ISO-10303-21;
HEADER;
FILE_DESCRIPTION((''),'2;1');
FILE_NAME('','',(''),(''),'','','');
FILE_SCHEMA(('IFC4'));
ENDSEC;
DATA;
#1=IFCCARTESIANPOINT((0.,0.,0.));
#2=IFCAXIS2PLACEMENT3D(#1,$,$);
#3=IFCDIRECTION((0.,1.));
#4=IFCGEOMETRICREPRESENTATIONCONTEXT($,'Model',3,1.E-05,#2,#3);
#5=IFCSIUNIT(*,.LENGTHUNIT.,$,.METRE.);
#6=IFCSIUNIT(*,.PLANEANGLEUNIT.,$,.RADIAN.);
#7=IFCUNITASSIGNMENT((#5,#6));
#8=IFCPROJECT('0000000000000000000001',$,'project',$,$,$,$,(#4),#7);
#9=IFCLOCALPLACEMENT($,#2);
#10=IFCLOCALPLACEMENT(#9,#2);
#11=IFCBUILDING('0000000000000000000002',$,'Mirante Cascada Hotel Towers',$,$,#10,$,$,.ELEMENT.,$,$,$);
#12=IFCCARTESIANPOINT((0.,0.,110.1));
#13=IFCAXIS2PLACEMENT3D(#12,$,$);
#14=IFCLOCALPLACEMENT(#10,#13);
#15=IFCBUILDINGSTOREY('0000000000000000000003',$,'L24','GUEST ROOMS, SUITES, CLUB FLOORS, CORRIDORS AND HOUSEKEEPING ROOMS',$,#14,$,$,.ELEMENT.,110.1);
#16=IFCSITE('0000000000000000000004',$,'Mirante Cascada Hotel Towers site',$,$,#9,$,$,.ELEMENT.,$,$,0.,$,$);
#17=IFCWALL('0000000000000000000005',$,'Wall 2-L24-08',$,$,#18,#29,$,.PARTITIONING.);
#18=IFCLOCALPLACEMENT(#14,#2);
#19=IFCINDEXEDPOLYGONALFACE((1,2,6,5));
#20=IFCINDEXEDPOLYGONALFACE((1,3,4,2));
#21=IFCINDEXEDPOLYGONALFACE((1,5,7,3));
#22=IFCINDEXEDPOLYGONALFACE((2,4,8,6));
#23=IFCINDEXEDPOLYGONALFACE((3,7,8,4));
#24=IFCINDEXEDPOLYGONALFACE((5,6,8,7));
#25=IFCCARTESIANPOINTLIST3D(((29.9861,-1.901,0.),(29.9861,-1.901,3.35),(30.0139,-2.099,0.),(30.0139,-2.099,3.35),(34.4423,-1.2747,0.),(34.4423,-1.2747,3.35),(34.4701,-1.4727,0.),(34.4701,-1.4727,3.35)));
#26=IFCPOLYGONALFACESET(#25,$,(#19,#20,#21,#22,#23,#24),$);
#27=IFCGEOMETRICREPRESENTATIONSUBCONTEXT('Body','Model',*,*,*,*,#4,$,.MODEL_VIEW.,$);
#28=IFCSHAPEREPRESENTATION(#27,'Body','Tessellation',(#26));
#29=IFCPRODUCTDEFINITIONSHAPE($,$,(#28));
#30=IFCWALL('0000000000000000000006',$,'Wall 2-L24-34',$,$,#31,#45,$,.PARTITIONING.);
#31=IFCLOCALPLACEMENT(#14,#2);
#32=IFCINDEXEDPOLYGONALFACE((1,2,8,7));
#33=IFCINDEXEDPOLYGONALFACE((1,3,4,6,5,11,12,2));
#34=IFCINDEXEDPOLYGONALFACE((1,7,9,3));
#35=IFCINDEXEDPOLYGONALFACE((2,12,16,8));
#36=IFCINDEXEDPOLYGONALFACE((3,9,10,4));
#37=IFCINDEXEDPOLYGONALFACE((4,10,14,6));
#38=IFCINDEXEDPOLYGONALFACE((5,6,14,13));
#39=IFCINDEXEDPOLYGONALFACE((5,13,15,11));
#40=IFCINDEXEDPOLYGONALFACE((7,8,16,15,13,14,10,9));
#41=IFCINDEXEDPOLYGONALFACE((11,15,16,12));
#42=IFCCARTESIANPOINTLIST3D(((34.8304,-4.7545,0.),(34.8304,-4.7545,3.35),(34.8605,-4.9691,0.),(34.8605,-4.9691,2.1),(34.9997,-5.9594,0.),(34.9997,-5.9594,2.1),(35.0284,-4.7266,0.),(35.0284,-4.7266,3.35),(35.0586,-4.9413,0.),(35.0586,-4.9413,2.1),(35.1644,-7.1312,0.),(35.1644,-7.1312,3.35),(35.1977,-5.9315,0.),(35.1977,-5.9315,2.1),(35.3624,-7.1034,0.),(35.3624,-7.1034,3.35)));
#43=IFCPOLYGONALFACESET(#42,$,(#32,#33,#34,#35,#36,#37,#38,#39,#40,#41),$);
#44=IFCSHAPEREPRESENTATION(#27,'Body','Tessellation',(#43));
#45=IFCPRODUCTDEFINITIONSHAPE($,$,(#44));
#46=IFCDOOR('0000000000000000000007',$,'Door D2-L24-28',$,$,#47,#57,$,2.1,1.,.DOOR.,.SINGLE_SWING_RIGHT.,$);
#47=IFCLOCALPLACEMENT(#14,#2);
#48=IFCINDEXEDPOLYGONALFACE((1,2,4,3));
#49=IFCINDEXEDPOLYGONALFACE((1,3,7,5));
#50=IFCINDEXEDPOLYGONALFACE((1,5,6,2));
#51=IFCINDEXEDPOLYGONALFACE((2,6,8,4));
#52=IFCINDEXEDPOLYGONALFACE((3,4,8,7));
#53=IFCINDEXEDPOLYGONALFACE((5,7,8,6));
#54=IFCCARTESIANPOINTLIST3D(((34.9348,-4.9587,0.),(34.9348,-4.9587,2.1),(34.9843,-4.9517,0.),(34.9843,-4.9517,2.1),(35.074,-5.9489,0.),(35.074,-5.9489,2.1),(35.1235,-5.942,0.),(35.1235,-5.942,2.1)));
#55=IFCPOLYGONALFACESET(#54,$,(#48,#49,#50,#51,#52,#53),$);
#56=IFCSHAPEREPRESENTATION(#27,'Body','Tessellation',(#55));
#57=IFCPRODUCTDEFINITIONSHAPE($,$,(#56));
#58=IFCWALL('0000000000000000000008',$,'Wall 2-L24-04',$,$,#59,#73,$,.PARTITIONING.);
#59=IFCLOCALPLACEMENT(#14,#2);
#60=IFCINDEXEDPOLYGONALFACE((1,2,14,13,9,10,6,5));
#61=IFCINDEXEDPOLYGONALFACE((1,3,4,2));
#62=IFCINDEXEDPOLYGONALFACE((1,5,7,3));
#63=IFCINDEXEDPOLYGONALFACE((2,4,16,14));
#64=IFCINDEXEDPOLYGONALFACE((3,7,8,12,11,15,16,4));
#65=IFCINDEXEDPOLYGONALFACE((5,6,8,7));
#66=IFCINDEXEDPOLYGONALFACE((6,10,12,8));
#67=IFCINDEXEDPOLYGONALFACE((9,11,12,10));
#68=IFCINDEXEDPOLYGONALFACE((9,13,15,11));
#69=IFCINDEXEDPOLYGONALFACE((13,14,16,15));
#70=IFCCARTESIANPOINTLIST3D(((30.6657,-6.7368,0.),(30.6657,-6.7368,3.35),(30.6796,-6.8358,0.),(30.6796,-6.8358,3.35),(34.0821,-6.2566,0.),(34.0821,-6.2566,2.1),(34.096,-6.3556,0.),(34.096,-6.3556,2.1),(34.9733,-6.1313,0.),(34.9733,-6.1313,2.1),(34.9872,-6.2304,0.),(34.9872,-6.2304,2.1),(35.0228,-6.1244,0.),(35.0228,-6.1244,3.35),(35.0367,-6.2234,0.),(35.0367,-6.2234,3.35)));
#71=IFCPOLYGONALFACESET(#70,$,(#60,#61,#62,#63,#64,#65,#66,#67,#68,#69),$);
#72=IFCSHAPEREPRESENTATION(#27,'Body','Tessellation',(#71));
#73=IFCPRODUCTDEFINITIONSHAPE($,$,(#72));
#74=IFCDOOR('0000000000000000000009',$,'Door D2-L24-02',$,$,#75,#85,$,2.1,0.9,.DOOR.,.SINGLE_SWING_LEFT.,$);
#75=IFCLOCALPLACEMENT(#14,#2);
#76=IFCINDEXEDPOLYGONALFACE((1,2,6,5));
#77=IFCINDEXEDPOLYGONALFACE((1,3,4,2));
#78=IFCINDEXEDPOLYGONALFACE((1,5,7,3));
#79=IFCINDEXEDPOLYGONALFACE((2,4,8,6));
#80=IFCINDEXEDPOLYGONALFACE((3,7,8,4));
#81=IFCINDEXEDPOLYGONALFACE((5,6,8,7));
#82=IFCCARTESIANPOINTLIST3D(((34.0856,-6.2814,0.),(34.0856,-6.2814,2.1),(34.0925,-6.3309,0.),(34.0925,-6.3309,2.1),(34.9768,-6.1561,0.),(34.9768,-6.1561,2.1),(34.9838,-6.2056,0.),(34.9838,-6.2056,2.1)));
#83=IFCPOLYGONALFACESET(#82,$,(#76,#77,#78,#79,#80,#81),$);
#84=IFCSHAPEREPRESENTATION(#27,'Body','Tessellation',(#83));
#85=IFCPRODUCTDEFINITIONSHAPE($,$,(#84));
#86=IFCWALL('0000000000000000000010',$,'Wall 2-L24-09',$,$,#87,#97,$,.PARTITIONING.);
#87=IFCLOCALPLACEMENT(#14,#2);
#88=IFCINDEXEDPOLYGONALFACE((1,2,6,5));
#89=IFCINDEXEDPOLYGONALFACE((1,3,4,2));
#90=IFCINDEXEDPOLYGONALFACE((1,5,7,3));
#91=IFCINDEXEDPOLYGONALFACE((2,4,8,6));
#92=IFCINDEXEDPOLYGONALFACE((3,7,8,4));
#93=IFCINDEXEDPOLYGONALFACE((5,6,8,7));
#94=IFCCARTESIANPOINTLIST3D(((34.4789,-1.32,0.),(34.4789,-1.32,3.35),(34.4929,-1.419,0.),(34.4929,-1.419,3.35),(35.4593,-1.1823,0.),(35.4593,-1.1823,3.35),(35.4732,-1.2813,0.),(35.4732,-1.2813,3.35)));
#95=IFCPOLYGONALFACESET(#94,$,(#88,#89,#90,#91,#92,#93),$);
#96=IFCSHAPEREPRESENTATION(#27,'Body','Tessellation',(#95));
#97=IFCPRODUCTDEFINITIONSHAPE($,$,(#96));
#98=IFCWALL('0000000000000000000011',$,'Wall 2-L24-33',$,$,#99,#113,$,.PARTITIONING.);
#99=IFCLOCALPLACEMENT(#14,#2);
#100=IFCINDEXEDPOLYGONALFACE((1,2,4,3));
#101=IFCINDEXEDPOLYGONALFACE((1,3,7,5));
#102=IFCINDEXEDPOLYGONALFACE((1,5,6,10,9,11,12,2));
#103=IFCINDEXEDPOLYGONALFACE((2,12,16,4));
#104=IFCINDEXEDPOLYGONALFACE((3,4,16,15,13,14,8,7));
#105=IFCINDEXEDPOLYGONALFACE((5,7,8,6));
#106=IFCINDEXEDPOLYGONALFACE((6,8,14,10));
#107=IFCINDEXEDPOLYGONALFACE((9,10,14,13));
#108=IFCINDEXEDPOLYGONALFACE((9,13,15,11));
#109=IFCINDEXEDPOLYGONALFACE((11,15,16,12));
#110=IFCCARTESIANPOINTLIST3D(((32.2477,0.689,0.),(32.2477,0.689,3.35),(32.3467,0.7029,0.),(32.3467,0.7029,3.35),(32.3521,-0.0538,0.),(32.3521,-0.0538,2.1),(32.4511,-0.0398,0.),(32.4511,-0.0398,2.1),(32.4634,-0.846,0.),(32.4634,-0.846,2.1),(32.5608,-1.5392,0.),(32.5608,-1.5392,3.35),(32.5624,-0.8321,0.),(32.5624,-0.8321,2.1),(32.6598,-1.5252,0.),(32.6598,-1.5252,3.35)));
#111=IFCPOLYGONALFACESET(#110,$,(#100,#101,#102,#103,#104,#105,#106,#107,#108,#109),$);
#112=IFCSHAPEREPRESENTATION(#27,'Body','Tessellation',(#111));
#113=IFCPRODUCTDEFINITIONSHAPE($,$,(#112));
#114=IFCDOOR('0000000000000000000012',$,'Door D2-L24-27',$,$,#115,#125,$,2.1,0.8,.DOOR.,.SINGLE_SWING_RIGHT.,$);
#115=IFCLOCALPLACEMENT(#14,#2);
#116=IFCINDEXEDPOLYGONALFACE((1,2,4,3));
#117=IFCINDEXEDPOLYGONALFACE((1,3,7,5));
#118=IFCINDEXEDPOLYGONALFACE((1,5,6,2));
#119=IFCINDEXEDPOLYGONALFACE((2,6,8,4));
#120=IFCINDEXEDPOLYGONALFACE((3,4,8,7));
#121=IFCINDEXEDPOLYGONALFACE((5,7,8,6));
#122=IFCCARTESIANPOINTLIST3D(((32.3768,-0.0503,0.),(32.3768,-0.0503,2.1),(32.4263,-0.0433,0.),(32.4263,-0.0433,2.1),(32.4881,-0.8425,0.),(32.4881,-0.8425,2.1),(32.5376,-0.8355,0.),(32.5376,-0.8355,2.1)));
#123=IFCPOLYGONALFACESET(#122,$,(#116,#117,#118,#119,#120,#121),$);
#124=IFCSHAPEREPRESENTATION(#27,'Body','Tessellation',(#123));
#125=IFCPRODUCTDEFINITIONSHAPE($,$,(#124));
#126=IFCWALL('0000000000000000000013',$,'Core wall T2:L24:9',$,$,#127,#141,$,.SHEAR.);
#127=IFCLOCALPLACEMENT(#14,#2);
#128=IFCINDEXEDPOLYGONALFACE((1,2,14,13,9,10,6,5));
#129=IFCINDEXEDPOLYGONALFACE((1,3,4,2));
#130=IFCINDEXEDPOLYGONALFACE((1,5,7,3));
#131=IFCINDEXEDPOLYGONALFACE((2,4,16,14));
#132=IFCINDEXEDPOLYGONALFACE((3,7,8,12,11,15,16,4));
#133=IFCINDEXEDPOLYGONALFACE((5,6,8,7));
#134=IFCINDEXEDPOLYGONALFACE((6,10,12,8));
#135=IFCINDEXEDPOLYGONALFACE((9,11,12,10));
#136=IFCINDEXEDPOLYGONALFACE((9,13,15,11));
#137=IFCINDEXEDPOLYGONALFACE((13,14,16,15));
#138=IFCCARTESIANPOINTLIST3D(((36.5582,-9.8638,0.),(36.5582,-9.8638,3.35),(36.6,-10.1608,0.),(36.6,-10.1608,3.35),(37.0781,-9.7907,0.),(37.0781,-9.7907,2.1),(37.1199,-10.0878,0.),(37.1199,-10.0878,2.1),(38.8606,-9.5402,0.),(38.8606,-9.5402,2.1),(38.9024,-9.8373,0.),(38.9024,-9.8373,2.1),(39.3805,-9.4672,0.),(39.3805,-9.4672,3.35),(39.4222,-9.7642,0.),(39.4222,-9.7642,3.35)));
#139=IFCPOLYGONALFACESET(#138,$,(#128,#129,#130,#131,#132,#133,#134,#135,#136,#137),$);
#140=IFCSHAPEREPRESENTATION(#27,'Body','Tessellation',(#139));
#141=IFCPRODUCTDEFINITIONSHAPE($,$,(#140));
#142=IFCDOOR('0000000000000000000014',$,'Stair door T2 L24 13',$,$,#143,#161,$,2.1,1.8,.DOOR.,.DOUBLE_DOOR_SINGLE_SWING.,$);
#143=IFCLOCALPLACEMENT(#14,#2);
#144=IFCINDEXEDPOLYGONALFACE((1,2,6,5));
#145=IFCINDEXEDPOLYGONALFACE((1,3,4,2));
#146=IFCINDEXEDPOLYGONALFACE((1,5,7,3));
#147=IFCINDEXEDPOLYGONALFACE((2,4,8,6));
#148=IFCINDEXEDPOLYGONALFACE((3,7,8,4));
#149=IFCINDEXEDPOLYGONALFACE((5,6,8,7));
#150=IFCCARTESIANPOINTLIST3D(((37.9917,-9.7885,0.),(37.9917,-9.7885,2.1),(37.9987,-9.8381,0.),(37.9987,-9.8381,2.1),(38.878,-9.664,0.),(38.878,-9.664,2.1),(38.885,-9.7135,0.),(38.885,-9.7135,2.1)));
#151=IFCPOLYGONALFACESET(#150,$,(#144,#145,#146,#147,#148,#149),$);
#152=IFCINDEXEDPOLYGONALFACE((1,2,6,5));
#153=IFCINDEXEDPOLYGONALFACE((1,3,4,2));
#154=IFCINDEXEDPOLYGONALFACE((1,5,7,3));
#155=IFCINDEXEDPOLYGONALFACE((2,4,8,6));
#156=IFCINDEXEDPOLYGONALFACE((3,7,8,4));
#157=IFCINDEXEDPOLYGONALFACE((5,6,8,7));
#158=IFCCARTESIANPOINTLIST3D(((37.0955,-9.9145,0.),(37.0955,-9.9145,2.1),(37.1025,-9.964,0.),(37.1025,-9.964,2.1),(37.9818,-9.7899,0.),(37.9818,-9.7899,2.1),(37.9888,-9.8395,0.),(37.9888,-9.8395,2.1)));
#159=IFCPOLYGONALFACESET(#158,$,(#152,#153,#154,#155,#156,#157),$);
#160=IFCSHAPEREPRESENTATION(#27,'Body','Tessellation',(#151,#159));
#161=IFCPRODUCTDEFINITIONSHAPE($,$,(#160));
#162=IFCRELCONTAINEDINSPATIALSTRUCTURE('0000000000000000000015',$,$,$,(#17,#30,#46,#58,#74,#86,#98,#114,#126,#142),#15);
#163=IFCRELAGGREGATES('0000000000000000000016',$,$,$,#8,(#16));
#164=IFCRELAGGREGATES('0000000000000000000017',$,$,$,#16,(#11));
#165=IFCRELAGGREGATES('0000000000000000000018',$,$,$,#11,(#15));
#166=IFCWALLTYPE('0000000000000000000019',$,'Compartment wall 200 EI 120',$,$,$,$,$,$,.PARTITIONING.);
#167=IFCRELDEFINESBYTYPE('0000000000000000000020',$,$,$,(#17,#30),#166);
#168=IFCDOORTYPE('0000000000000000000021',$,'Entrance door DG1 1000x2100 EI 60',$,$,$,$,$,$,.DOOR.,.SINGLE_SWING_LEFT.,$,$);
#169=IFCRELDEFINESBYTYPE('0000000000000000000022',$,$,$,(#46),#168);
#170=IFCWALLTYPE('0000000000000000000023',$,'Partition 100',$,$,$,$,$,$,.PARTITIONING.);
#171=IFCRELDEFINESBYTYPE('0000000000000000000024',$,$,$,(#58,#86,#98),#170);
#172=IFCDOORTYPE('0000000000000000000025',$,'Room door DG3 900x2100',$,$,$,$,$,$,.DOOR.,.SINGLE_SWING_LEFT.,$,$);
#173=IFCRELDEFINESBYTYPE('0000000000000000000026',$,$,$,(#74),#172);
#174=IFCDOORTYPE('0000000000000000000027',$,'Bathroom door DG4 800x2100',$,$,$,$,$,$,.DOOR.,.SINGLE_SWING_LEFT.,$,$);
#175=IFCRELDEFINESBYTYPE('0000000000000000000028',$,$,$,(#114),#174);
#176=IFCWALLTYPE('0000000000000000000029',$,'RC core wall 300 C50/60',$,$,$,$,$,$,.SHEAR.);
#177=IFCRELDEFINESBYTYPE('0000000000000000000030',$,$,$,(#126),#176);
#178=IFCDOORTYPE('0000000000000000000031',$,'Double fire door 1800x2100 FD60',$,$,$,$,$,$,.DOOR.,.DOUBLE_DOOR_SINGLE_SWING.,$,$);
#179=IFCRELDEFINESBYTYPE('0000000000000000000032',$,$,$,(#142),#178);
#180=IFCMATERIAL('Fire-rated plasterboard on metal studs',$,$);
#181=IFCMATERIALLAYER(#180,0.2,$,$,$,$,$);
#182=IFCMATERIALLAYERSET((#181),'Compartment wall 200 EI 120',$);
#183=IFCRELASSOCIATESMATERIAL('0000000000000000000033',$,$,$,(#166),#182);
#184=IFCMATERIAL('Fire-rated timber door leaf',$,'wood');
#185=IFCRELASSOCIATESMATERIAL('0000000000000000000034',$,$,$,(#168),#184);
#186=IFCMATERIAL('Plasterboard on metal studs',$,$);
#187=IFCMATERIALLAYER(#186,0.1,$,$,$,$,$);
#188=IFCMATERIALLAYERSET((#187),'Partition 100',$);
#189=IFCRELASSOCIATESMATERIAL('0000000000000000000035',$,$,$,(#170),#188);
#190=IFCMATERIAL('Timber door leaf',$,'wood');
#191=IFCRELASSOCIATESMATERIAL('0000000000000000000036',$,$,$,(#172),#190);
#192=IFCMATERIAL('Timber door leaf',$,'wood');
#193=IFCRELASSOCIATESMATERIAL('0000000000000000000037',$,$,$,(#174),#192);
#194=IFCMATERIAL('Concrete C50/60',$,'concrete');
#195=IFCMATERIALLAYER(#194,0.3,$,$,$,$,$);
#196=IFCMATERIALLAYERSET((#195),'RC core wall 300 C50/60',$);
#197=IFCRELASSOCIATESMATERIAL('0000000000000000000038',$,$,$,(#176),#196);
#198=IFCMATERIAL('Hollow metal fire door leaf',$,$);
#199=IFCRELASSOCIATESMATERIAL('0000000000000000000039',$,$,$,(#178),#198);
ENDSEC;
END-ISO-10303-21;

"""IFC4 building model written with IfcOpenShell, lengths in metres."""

from ifc_helpers import new_model, si_unit, direction, frame, frame_2d, origin, place, context, subcontext, project, spatial, rectangle, extrude, material, layer, layer_set, type_object, element, fill, save


model = new_model("IFC4")

# Units and contexts
model_context = context("Model", 3, precision=1e-05, world=origin(), true_north=direction((0.0, 1.0)))
body_context = subcontext(model_context, "Body", "Model", "MODEL_VIEW")
ifc_project = project(units=[si_unit("LENGTHUNIT", "METRE"), si_unit("PLANEANGLEUNIT", "RADIAN")], contexts=[model_context])

# Site, building, storey
site_placement = place(None, origin())
site = spatial("IfcSite", under=ifc_project, at=site_placement, Name="Mirante Cascada Hotel Towers site", CompositionType="ELEMENT", RefElevation=0.0)
building_placement = place(site_placement, origin())
building = spatial("IfcBuilding", under=site, at=building_placement, Name="Mirante Cascada Hotel Towers", CompositionType="ELEMENT")
storey_placement = place(building_placement, frame((0.0, 0.0, 110.1)))
storey = spatial("IfcBuildingStorey", under=building, at=storey_placement, Name="L24", Description="GUEST ROOMS, SUITES, CLUB FLOORS, CORRIDORS AND HOUSEKEEPING ROOMS", CompositionType="ELEMENT", Elevation=110.1)

# Wall
ifc_material_1 = material(Name="Fire-rated plasterboard on metal studs")
ifc_layer_1 = layer(ifc_material_1, 0.2)
ifc_layer_set_1 = layer_set([ifc_layer_1], Name="Compartment wall 200 EI 120")
wall_type_1 = type_object("IfcWallType", Name="Compartment wall 200 EI 120", PredefinedType="PARTITIONING", material=ifc_layer_set_1)
wall_1_placement = place(storey_placement, frame((34.4562, -1.3737, 0.0), z_axis=(0.0, 0.0, 1.0), x_axis=(-0.990267, -0.139178, 0.0)))
element("IfcWall", 1, at=wall_1_placement, inside=storey, type_object=wall_type_1, Name="Wall 2-L24-08", PredefinedType="PARTITIONING", context=body_context, shape_type="SweptSolid", body=[
    extrude(rectangle(XDim=4.5, YDim=0.2, at=frame_2d((2.25, 0.0))), origin(), (0.0, 0.0, 1.0), 3.35),
])

# Walls, openings, doors
wall_2_placement = place(storey_placement, frame((34.9294, -4.7406, 0.0), z_axis=(0.0, 0.0, 1.0), x_axis=(0.139163, -0.990269, 0.0)))
wall_2 = element("IfcWall", 2, at=wall_2_placement, inside=storey, type_object=wall_type_1, Name="Wall 2-L24-34", PredefinedType="PARTITIONING", context=body_context, shape_type="SweptSolid", body=[
    extrude(rectangle(XDim=2.4001, YDim=0.2, at=frame_2d((1.2, 0.0))), origin(), (0.0, 0.0, 1.0), 3.35),
])
opening_1_placement = place(wall_2_placement, frame((0.2167, 0.0, 0.0)))
opening_1 = element("IfcOpeningElement", 3, at=opening_1_placement, cuts=wall_2, PredefinedType="OPENING", context=body_context, shape_type="SweptSolid", body=[
    extrude(rectangle(XDim=1.0, YDim=2.1, at=frame_2d((0.5, 1.05))), frame((0.0, 0.1, 0.0), z_axis=(0.0, -1.0, 0.0), x_axis=(1.0, 0.0, 0.0)), (0.0, 0.0, 1.0), 0.2),
])
ifc_material_2 = material(Name="Fire-rated timber door leaf", Category="wood")
door_type_1 = type_object("IfcDoorType", Name="Entrance door DG1 1000x2100 EI 60", OperationType="SINGLE_SWING_LEFT", PredefinedType="DOOR", material=ifc_material_2)
door_1_placement = place(opening_1_placement, frame((1.0, 0.0, 0.0), z_axis=(0.0, 0.0, 1.0), x_axis=(-1.0, 0.0, 0.0)))
door_1 = element("IfcDoor", 4, at=door_1_placement, inside=storey, type_object=door_type_1, Name="Door D2-L24-28", OperationType="SINGLE_SWING_RIGHT", OverallHeight=2.1, OverallWidth=1.0, PredefinedType="DOOR", context=body_context, shape_type="SweptSolid", body=[
    extrude(rectangle(XDim=1.0, YDim=2.1, at=frame_2d((0.5, 1.05))), frame((0.0, 0.025, 0.0), z_axis=(0.0, -1.0, 0.0), x_axis=(1.0, 0.0, 0.0)), (0.0, 0.0, 1.0), 0.05),
])
fill(opening_1, door_1)
ifc_material_3 = material(Name="Plasterboard on metal studs")
ifc_layer_2 = layer(ifc_material_3, 0.1)
ifc_layer_set_2 = layer_set([ifc_layer_2], Name="Partition 100")
wall_type_2 = type_object("IfcWallType", Name="Partition 100", PredefinedType="PARTITIONING", material=ifc_layer_set_2)
wall_3_placement = place(storey_placement, frame((35.0298, -6.1739, 0.0), z_axis=(0.0, 0.0, 1.0), x_axis=(-0.990267, -0.139184, 0.0)))
wall_3 = element("IfcWall", 5, at=wall_3_placement, inside=storey, type_object=wall_type_2, Name="Wall 2-L24-04", PredefinedType="PARTITIONING", context=body_context, shape_type="SweptSolid", body=[
    extrude(rectangle(XDim=4.3999, YDim=0.1, at=frame_2d((2.2, 0.0))), origin(), (0.0, 0.0, 1.0), 3.35),
])
opening_2_placement = place(wall_3_placement, frame((0.05, 0.0, 0.0)))
opening_2 = element("IfcOpeningElement", 6, at=opening_2_placement, cuts=wall_3, PredefinedType="OPENING", context=body_context, shape_type="SweptSolid", body=[
    extrude(rectangle(XDim=0.9, YDim=2.1, at=frame_2d((0.45, 1.05))), frame((0.0, 0.05, 0.0), z_axis=(0.0, -1.0, 0.0), x_axis=(1.0, 0.0, 0.0)), (0.0, 0.0, 1.0), 0.1),
])
ifc_material_4 = material(Name="Timber door leaf", Category="wood")
door_type_2 = type_object("IfcDoorType", Name="Room door DG3 900x2100", OperationType="SINGLE_SWING_LEFT", PredefinedType="DOOR", material=ifc_material_4)
door_2_placement = place(opening_2_placement, origin())
door_2 = element("IfcDoor", 7, at=door_2_placement, inside=storey, type_object=door_type_2, Name="Door D2-L24-02", OperationType="SINGLE_SWING_LEFT", OverallHeight=2.1, OverallWidth=0.9, PredefinedType="DOOR", context=body_context, shape_type="SweptSolid", body=[
    extrude(rectangle(XDim=0.9, YDim=2.1, at=frame_2d((0.45, 1.05))), frame((0.0, 0.025, 0.0), z_axis=(0.0, -1.0, 0.0), x_axis=(1.0, 0.0, 0.0)), (0.0, 0.0, 1.0), 0.05),
])
fill(opening_2, door_2)

# Wall
wall_4_placement = place(storey_placement, frame((34.4859, -1.3695, 0.0), z_axis=(0.0, 0.0, 1.0), x_axis=(0.99028, 0.139088, 0.0)))
element("IfcWall", 8, at=wall_4_placement, inside=storey, type_object=wall_type_2, Name="Wall 2-L24-09", PredefinedType="PARTITIONING", context=body_context, shape_type="SweptSolid", body=[
    extrude(rectangle(XDim=0.99, YDim=0.1, at=frame_2d((0.495, 0.0))), origin(), (0.0, 0.0, 1.0), 3.35),
])

# Walls, openings, doors
wall_5_placement = place(storey_placement, frame((32.6103, -1.5322, 0.0), z_axis=(0.0, 0.0, 1.0), x_axis=(-0.139156, 0.990271, 0.0)))
wall_5 = element("IfcWall", 9, at=wall_5_placement, inside=storey, type_object=wall_type_2, Name="Wall 2-L24-33", PredefinedType="PARTITIONING", context=body_context, shape_type="SweptSolid", body=[
    extrude(rectangle(XDim=2.25, YDim=0.1, at=frame_2d((1.125, 0.0))), origin(), (0.0, 0.0, 1.0), 3.35),
])
opening_3_placement = place(wall_5_placement, frame((0.7, 0.0, 0.0)))
opening_3 = element("IfcOpeningElement", 10, at=opening_3_placement, cuts=wall_5, PredefinedType="OPENING", context=body_context, shape_type="SweptSolid", body=[
    extrude(rectangle(XDim=0.8, YDim=2.1, at=frame_2d((0.4, 1.05))), frame((0.0, 0.05, 0.0), z_axis=(0.0, -1.0, 0.0), x_axis=(1.0, 0.0, 0.0)), (0.0, 0.0, 1.0), 0.1),
])
ifc_material_5 = material(Name="Timber door leaf", Category="wood")
door_type_3 = type_object("IfcDoorType", Name="Bathroom door DG4 800x2100", OperationType="SINGLE_SWING_LEFT", PredefinedType="DOOR", material=ifc_material_5)
door_3_placement = place(opening_3_placement, frame((0.8, 0.0, 0.0), z_axis=(0.0, 0.0, 1.0), x_axis=(-1.0, 0.0, 0.0)))
door_3 = element("IfcDoor", 11, at=door_3_placement, inside=storey, type_object=door_type_3, Name="Door D2-L24-27", OperationType="SINGLE_SWING_RIGHT", OverallHeight=2.1, OverallWidth=0.8, PredefinedType="DOOR", context=body_context, shape_type="SweptSolid", body=[
    extrude(rectangle(XDim=0.8, YDim=2.1, at=frame_2d((0.4, 1.05))), frame((0.0, 0.025, 0.0), z_axis=(0.0, -1.0, 0.0), x_axis=(1.0, 0.0, 0.0)), (0.0, 0.0, 1.0), 0.05),
])
fill(opening_3, door_3)
ifc_material_6 = material(Name="Concrete C50/60", Category="concrete")
ifc_layer_3 = layer(ifc_material_6, 0.3)
ifc_layer_set_3 = layer_set([ifc_layer_3], Name="RC core wall 300 C50/60")
wall_type_3 = type_object("IfcWallType", Name="RC core wall 300 C50/60", PredefinedType="SHEAR", material=ifc_layer_set_3)
wall_6_placement = place(storey_placement, frame((36.5791, -10.0123, 0.0), z_axis=(0.0, 0.0, 1.0), x_axis=(0.99027, 0.139156, 0.0)))
wall_6 = element("IfcWall", 12, at=wall_6_placement, inside=storey, type_object=wall_type_3, Name="Core wall T2:L24:9", PredefinedType="SHEAR", context=body_context, shape_type="SweptSolid", body=[
    extrude(rectangle(XDim=2.85, YDim=0.3, at=frame_2d((1.425, 0.0))), origin(), (0.0, 0.0, 1.0), 3.35),
])
opening_4_placement = place(wall_6_placement, frame((0.525, 0.0, 0.0)))
opening_4 = element("IfcOpeningElement", 13, at=opening_4_placement, cuts=wall_6, PredefinedType="OPENING", context=body_context, shape_type="SweptSolid", body=[
    extrude(rectangle(XDim=1.8, YDim=2.1, at=frame_2d((0.9, 1.05))), frame((0.0, 0.15, 0.0), z_axis=(0.0, -1.0, 0.0), x_axis=(1.0, 0.0, 0.0)), (0.0, 0.0, 1.0), 0.3),
])
ifc_material_7 = material(Name="Hollow metal fire door leaf")
door_type_4 = type_object("IfcDoorType", Name="Double fire door 1800x2100 FD60", OperationType="DOUBLE_DOOR_SINGLE_SWING", PredefinedType="DOOR", material=ifc_material_7)
door_4_placement = place(opening_4_placement, frame((1.8, 0.0, 0.0), z_axis=(0.0, 0.0, 1.0), x_axis=(-1.0, 0.0, 0.0)))
door_4 = element("IfcDoor", 14, at=door_4_placement, inside=storey, type_object=door_type_4, Name="Stair door T2 L24 13", OperationType="DOUBLE_DOOR_SINGLE_SWING", OverallHeight=2.1, OverallWidth=1.8, PredefinedType="DOOR", context=body_context, shape_type="SweptSolid", body=[
    extrude(rectangle(XDim=0.895, YDim=2.1, at=frame_2d((0.4475, 1.05))), frame((0.0, 0.025, 0.0), z_axis=(0.0, -1.0, 0.0), x_axis=(1.0, 0.0, 0.0)), (0.0, 0.0, 1.0), 0.05),
    extrude(rectangle(XDim=0.895, YDim=2.1, at=frame_2d((1.3525, 1.05))), frame((0.0, 0.025, 0.0), z_axis=(0.0, -1.0, 0.0), x_axis=(1.0, 0.0, 0.0)), (0.0, 0.0, 1.0), 0.05),
])
fill(opening_4, door_4)

save(model, "model.ifc")
